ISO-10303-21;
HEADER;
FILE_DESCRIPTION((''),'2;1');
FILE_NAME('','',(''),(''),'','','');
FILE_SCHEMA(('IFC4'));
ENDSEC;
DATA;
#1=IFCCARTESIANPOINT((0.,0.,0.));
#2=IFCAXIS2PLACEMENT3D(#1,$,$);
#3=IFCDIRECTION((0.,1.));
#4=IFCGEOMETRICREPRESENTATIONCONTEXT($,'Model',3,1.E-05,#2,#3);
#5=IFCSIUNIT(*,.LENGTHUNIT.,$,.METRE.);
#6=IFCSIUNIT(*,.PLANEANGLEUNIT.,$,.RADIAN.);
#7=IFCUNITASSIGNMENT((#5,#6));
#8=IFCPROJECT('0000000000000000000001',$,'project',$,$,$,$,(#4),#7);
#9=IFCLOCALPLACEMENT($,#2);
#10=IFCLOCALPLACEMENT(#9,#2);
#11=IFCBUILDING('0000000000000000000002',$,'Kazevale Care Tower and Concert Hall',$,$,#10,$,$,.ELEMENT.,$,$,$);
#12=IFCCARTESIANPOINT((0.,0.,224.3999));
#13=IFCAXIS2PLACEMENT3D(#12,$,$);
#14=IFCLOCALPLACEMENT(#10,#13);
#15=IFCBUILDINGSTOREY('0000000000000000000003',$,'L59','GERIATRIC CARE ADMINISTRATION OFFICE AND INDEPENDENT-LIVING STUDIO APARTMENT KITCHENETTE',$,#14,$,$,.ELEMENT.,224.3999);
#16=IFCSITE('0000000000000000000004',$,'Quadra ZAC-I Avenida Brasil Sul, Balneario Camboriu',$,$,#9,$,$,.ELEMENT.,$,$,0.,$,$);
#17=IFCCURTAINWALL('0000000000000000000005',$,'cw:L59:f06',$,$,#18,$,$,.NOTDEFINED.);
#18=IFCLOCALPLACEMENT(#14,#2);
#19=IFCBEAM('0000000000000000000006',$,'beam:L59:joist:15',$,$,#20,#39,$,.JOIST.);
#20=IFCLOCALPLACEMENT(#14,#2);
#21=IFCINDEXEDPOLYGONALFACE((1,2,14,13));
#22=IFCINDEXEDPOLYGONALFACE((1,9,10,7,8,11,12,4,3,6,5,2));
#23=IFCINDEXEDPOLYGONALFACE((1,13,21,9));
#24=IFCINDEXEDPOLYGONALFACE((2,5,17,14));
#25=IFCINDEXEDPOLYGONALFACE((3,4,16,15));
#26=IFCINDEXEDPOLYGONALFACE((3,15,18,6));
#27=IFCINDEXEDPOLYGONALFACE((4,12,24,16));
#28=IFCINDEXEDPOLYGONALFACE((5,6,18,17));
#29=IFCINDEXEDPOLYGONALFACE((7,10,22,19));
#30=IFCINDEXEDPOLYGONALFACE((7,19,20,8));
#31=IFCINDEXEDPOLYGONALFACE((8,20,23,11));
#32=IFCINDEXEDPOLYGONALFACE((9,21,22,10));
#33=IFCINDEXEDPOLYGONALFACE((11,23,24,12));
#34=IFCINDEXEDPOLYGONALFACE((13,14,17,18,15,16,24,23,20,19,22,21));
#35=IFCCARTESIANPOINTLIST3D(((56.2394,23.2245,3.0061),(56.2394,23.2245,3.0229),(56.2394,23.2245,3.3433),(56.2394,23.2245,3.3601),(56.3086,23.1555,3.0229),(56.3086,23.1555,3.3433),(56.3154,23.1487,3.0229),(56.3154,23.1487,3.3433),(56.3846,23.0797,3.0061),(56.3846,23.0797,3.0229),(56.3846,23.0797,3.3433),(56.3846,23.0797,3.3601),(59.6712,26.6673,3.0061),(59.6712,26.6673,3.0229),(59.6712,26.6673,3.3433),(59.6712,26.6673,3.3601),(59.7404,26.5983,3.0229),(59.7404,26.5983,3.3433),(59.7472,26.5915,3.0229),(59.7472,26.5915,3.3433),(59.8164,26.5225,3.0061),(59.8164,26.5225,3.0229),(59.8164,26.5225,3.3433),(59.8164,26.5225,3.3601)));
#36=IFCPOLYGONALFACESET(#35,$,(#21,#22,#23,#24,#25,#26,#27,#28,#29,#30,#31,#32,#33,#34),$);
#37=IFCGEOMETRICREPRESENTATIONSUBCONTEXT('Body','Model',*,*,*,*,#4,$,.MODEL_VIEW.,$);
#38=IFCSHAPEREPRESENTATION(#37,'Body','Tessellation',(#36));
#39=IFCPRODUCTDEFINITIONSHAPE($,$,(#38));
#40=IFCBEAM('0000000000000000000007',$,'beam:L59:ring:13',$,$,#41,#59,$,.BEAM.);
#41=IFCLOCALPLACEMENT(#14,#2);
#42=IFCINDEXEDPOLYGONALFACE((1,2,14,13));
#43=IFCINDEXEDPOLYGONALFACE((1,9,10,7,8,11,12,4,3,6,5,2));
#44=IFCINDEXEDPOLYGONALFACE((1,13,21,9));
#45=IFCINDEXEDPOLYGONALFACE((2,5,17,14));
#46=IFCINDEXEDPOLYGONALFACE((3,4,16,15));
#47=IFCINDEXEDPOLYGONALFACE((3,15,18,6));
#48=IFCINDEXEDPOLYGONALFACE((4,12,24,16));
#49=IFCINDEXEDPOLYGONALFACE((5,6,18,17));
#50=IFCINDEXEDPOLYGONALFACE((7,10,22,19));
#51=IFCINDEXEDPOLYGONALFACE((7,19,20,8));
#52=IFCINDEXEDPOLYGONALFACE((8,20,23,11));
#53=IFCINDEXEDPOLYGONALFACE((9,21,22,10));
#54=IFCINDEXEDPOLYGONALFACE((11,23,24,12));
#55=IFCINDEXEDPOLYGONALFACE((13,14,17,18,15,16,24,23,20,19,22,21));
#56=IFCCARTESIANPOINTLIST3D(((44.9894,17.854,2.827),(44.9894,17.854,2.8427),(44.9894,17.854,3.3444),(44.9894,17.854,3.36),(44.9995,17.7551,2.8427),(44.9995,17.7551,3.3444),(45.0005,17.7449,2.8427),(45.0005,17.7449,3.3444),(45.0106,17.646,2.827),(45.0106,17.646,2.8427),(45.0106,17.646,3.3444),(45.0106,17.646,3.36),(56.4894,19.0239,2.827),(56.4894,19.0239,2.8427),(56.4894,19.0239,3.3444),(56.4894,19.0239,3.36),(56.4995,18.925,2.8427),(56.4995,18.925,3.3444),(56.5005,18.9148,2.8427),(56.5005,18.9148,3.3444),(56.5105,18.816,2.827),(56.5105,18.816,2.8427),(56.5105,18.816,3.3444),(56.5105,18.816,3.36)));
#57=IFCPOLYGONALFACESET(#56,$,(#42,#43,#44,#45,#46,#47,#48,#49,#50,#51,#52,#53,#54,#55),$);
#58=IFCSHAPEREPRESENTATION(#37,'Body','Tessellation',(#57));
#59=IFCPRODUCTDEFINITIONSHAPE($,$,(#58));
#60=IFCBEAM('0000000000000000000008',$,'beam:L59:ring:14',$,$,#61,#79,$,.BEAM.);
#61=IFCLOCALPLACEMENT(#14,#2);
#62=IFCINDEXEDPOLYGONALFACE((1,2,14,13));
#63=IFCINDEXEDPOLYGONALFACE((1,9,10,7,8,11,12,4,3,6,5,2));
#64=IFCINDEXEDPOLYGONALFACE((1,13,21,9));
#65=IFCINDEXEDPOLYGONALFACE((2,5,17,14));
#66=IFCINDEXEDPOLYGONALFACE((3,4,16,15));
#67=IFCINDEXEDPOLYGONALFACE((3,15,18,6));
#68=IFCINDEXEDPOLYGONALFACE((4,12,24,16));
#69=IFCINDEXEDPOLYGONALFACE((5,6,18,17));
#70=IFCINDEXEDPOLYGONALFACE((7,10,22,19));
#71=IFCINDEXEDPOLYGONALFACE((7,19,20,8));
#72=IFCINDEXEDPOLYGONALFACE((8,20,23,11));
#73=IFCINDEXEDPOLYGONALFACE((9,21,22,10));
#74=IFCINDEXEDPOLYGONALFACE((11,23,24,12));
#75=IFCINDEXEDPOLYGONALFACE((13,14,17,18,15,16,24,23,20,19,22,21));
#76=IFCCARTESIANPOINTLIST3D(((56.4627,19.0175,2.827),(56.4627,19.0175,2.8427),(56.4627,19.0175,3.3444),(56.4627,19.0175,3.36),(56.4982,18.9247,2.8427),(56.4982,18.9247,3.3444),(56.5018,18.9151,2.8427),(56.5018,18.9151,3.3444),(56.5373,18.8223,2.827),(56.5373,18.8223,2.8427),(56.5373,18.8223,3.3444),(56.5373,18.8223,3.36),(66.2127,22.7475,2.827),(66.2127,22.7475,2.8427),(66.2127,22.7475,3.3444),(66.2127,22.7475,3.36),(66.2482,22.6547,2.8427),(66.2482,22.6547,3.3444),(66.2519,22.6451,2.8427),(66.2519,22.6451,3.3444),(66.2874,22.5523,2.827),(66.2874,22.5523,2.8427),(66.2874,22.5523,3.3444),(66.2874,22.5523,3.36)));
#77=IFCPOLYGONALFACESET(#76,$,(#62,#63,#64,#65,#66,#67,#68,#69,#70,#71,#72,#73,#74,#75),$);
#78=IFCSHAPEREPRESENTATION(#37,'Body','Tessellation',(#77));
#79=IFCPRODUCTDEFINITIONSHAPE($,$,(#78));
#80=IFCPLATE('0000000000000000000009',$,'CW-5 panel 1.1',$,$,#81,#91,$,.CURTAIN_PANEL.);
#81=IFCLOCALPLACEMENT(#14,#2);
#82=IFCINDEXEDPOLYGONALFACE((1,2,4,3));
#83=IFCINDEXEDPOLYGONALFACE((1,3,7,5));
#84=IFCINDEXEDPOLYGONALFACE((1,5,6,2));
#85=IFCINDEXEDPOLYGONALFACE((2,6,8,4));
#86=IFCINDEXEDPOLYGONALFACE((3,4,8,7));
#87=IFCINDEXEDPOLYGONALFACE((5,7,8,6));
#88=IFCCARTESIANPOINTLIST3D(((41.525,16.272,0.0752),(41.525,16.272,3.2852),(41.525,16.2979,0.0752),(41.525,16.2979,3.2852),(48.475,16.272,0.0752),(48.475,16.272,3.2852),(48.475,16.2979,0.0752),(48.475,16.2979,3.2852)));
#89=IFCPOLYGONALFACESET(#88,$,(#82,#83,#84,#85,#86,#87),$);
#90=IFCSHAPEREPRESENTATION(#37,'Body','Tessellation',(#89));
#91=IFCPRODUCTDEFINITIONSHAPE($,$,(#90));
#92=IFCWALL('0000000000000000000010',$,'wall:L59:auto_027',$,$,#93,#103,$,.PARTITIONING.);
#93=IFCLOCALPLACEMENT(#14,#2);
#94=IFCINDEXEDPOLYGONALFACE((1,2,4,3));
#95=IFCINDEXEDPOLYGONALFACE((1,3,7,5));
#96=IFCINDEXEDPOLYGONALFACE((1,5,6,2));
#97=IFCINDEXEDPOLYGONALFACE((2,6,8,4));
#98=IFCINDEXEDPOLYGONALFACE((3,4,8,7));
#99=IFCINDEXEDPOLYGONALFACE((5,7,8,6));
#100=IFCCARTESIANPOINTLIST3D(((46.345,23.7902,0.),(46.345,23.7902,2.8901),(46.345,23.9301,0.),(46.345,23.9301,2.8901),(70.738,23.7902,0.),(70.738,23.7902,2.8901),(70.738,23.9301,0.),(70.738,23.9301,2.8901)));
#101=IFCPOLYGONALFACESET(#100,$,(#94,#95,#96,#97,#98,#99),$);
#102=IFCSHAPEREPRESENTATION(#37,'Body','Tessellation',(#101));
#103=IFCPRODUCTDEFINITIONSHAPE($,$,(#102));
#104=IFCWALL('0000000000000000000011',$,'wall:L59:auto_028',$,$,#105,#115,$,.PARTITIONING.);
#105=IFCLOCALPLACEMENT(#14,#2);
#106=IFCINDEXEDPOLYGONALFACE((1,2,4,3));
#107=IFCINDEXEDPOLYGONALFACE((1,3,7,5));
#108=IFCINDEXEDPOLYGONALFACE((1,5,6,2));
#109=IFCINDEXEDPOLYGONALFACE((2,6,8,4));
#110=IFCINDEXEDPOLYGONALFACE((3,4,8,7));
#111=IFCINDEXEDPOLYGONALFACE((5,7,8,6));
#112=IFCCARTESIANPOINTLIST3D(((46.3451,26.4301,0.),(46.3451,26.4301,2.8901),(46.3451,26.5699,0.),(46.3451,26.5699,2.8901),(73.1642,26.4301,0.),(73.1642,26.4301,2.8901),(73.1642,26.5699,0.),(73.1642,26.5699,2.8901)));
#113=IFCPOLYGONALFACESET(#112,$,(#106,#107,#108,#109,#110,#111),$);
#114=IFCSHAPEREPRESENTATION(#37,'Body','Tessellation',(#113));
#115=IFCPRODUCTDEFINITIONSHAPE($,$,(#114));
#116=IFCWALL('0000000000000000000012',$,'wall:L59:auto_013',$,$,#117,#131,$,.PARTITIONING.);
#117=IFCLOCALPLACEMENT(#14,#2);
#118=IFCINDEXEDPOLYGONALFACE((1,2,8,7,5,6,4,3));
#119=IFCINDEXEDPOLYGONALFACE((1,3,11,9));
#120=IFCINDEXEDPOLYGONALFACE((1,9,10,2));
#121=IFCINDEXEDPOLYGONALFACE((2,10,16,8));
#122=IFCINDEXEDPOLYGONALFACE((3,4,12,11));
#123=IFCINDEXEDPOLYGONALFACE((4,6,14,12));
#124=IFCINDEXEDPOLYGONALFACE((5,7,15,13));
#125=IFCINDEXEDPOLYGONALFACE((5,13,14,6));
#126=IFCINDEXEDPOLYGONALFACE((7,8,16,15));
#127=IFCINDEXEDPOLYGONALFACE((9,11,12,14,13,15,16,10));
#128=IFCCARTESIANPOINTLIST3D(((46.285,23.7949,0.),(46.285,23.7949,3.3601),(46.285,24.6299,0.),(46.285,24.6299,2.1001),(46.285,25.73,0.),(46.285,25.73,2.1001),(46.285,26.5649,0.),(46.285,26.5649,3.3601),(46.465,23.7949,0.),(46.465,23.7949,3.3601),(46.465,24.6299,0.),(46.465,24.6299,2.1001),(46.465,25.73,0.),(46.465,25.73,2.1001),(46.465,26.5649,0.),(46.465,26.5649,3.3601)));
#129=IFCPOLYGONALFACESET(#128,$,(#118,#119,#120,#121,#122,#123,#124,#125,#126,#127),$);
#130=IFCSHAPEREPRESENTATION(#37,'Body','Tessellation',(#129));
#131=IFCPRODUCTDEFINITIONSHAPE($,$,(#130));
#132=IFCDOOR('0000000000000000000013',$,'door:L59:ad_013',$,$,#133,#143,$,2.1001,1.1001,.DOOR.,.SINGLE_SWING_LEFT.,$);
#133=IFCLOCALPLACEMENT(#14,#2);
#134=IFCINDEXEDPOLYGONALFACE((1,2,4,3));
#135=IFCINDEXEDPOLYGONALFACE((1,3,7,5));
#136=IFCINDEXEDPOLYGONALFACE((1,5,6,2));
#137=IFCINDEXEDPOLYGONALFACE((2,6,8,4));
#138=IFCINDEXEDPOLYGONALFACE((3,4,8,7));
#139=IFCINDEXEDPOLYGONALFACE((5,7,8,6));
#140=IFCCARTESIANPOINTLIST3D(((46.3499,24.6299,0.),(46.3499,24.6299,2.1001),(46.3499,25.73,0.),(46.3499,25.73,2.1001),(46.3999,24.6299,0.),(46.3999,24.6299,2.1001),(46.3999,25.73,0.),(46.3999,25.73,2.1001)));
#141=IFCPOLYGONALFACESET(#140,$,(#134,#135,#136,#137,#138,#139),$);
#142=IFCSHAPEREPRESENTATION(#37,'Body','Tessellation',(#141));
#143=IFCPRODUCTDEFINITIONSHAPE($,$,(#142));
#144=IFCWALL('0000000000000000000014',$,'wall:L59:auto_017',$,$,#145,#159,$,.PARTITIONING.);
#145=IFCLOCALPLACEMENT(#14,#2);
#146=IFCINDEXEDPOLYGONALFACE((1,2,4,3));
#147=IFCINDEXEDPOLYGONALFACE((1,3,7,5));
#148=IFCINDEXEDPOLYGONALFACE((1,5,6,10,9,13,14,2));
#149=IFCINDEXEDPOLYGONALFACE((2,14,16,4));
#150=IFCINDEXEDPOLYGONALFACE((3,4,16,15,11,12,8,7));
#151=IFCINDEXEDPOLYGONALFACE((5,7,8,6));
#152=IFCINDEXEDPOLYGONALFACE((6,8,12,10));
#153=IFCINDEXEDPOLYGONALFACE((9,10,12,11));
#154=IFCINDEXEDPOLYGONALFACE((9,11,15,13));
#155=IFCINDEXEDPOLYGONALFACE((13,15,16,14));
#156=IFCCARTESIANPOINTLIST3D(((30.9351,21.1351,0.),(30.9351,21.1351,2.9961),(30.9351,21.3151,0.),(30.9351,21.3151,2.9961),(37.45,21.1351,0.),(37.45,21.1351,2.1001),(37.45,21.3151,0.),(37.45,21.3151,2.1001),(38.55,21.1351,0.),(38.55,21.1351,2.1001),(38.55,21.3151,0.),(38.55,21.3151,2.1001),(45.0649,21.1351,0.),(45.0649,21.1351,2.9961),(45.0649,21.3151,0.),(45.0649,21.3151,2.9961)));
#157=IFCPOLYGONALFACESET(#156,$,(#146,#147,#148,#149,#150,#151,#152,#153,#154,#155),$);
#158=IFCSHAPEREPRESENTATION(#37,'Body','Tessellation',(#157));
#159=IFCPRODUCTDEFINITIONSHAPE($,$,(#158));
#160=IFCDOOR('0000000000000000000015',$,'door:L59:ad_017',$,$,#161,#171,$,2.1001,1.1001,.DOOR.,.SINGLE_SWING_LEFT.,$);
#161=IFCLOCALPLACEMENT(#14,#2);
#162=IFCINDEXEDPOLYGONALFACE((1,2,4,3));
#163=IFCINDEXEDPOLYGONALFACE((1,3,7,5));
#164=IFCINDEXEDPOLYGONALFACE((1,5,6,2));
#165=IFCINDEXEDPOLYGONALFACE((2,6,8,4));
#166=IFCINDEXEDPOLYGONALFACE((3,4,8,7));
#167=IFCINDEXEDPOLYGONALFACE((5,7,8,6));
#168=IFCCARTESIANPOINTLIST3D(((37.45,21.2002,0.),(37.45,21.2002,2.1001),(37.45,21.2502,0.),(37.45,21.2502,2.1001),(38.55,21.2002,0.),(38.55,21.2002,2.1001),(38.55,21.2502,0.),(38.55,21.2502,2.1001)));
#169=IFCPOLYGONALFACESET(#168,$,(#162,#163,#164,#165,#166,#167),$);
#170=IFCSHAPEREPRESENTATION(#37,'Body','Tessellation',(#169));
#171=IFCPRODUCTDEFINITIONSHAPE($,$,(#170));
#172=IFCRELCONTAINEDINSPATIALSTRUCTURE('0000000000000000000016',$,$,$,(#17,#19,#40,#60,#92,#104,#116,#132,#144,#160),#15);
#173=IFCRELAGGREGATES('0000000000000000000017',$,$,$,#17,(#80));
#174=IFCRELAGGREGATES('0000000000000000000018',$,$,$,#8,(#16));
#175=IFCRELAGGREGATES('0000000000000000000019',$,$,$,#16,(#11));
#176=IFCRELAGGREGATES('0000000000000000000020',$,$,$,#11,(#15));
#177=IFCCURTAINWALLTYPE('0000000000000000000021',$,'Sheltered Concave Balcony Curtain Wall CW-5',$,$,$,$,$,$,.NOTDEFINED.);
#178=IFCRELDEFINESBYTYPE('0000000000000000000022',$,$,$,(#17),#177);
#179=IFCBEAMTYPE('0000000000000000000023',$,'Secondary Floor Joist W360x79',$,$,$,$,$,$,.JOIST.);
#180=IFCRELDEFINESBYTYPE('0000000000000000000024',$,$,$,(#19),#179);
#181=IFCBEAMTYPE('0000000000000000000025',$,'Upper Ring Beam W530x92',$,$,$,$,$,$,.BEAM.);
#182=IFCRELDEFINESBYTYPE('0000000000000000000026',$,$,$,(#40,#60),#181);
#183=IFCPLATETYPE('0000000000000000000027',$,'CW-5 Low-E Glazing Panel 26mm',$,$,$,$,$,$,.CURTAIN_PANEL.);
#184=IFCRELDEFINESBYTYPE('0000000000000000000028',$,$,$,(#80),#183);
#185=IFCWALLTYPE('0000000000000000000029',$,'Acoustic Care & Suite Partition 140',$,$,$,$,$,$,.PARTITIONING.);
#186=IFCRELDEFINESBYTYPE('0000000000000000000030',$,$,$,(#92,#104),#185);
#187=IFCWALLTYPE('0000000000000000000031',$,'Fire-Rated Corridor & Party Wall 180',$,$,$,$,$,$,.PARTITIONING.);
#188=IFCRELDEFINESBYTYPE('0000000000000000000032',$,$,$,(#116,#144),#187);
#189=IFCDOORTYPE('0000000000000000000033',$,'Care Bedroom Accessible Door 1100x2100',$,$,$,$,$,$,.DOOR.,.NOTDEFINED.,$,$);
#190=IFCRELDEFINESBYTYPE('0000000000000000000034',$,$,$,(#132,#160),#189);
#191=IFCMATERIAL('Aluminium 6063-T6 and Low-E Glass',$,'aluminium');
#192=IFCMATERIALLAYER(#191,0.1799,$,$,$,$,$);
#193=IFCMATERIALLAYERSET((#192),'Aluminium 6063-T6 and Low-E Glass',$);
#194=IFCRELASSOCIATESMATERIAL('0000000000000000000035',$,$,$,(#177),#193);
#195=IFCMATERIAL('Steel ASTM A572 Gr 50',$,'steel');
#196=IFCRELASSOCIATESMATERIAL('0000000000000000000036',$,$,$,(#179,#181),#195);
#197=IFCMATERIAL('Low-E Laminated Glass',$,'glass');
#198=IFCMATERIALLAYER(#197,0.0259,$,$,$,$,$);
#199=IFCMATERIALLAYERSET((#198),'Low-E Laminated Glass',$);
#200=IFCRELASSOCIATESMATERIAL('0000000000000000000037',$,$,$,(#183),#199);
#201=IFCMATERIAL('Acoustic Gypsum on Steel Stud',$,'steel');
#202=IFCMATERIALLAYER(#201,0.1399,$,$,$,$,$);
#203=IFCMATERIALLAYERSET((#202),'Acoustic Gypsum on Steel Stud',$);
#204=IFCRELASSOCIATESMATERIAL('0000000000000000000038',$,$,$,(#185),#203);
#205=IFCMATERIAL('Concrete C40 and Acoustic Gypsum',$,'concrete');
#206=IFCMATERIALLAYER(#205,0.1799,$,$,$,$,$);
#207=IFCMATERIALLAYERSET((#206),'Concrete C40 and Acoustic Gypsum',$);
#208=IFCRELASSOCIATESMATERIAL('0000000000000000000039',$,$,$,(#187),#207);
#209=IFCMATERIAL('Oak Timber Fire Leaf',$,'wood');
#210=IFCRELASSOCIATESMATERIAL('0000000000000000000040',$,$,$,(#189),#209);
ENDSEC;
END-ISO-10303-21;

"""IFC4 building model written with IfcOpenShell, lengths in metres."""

from ifc_helpers import new_model, si_unit, direction, frame, frame_2d, origin, origin_2d, place, context, subcontext, project, spatial, rectangle, i_section, extrude, material, layer, layer_set, material_profile, profile_set, type_object, element, fill, aggregate, save


model = new_model("IFC4")

# Units and contexts
model_context = context("Model", 3, precision=1e-05, world=origin(), true_north=direction((0.0, 1.0)))
body_context = subcontext(model_context, "Body", "Model", "MODEL_VIEW")
ifc_project = project(units=[si_unit("LENGTHUNIT", "METRE"), si_unit("PLANEANGLEUNIT", "RADIAN")], contexts=[model_context])

# Site, building, storey
site_placement = place(None, origin())
site = spatial("IfcSite", under=ifc_project, at=site_placement, Name="Quadra ZAC-I Avenida Brasil Sul, Balneario Camboriu", CompositionType="ELEMENT", RefElevation=0.0)
building_placement = place(site_placement, origin())
building = spatial("IfcBuilding", under=site, at=building_placement, Name="Kazevale Care Tower and Concert Hall", CompositionType="ELEMENT")
storey_placement = place(building_placement, frame((0.0, 0.0, 224.3999)))
storey = spatial("IfcBuildingStorey", under=building, at=storey_placement, Name="L59", Description="GERIATRIC CARE ADMINISTRATION OFFICE AND INDEPENDENT-LIVING STUDIO APARTMENT KITCHENETTE", CompositionType="ELEMENT", Elevation=224.3999)

# Shared definitions
ifc_material_1 = material(Name="Aluminium 6063-T6 and Low-E Glass", Category="aluminium")
ifc_layer_1 = layer(ifc_material_1, 0.1799)
ifc_layer_set_1 = layer_set([ifc_layer_1], Name="Aluminium 6063-T6 and Low-E Glass")
curtain_wall_type = type_object("IfcCurtainWallType", Name="Sheltered Concave Balcony Curtain Wall CW-5", PredefinedType="NOTDEFINED", material=ifc_layer_set_1)

# Curtain wall
curtain_wall_1_placement = place(storey_placement, origin())
curtain_wall_1 = element("IfcCurtainWall", 1, at=curtain_wall_1_placement, inside=storey, type_object=curtain_wall_type, Name="cw:L59:f06", PredefinedType="NOTDEFINED")

# Beams
ifc_material_2 = material(Name="Steel ASTM A572 Gr 50", Category="steel")
ifc_material_profile_1 = material_profile(ifc_material_2, i_section(OverallWidth=0.2051, OverallDepth=0.354, WebThickness=0.0095, FlangeThickness=0.0168, at=origin_2d()), Name="W360x79")
ifc_profile_set_1 = profile_set([ifc_material_profile_1], Name="Steel ASTM A572 Gr 50")
beam_type_1 = type_object("IfcBeamType", Name="Secondary Floor Joist W360x79", PredefinedType="JOIST", material=ifc_profile_set_1)
beam_1_placement = place(storey_placement, frame((56.312, 23.1521, 3.1831), z_axis=(0.705976, 0.708236, 0.0), x_axis=(-0.708236, 0.705976, 0.0)))
element("IfcBeam", 2, at=beam_1_placement, inside=storey, type_object=beam_type_1, Name="beam:L59:joist:15", PredefinedType="JOIST", context=body_context, shape_type="SweptSolid", body=[
    extrude(i_section(OverallWidth=0.2051, OverallDepth=0.354, WebThickness=0.0095, FlangeThickness=0.0168, at=origin_2d()), origin(), (0.0, 0.0, 1.0), 4.8611),
])
ifc_material_profile_2 = material_profile(ifc_material_2, i_section(OverallWidth=0.209, OverallDepth=0.533, WebThickness=0.0103, FlangeThickness=0.0156, at=origin_2d()), Name="W530x92")
ifc_profile_set_2 = profile_set([ifc_material_profile_2], Name="Steel ASTM A572 Gr 50")
beam_type_2 = type_object("IfcBeamType", Name="Upper Ring Beam W530x92", PredefinedType="BEAM", material=ifc_profile_set_2)
beam_2_placement = place(storey_placement, frame((45.0, 17.75, 3.0935), z_axis=(0.994865, 0.10121, 0.0), x_axis=(-0.10121, 0.994865, 0.0)))
element("IfcBeam", 3, at=beam_2_placement, inside=storey, type_object=beam_type_2, Name="beam:L59:ring:13", PredefinedType="BEAM", context=body_context, shape_type="SweptSolid", body=[
    extrude(i_section(OverallWidth=0.209, OverallDepth=0.533, WebThickness=0.0103, FlangeThickness=0.0156, at=origin_2d()), origin(), (0.0, 0.0, 1.0), 11.5593),
])
beam_3_placement = place(storey_placement, frame((56.5, 18.9199, 3.0935), z_axis=(0.933987, 0.357308, 0.0), x_axis=(-0.357308, 0.933987, 0.0)))
element("IfcBeam", 4, at=beam_3_placement, inside=storey, type_object=beam_type_2, Name="beam:L59:ring:14", PredefinedType="BEAM", context=body_context, shape_type="SweptSolid", body=[
    extrude(i_section(OverallWidth=0.209, OverallDepth=0.533, WebThickness=0.0103, FlangeThickness=0.0156, at=origin_2d()), origin(), (0.0, 0.0, 1.0), 10.4392),
])

# Plate
ifc_material_3 = material(Name="Low-E Laminated Glass", Category="glass")
ifc_layer_2 = layer(ifc_material_3, 0.0259)
ifc_layer_set_2 = layer_set([ifc_layer_2], Name="Low-E Laminated Glass")
plate_type = type_object("IfcPlateType", Name="CW-5 Low-E Glazing Panel 26mm", PredefinedType="CURTAIN_PANEL", material=ifc_layer_set_2)
plate_placement = place(storey_placement, frame((45.0, 16.2849, 0.0752), z_axis=(0.0, 0.0, 1.0), x_axis=(-1.0, 0.0, 0.0)))
plate = element("IfcPlate", 5, at=plate_placement, type_object=plate_type, Name="CW-5 panel 1.1", PredefinedType="CURTAIN_PANEL", context=body_context, shape_type="SweptSolid", body=[
    extrude(rectangle(XDim=6.95, YDim=0.0259, at=origin_2d()), origin(), (0.0, 0.0, 1.0), 3.21),
])
aggregate(curtain_wall_1, [plate])

# Walls
ifc_material_4 = material(Name="Acoustic Gypsum on Steel Stud", Category="steel")
ifc_layer_3 = layer(ifc_material_4, 0.1399)
ifc_layer_set_3 = layer_set([ifc_layer_3], Name="Acoustic Gypsum on Steel Stud")
wall_type_1 = type_object("IfcWallType", Name="Acoustic Care & Suite Partition 140", PredefinedType="PARTITIONING", material=ifc_layer_set_3)
wall_1_placement = place(storey_placement, frame((46.345, 23.8601, 0.0), z_axis=(0.0, 0.0, 1.0), x_axis=(1.0, 0.0, 0.0)))
element("IfcWall", 6, at=wall_1_placement, inside=storey, type_object=wall_type_1, Name="wall:L59:auto_027", PredefinedType="PARTITIONING", context=body_context, shape_type="SweptSolid", body=[
    extrude(rectangle(XDim=24.3931, YDim=0.1399, at=frame_2d((12.1965, 0.0))), origin(), (0.0, 0.0, 1.0), 2.8901),
])
wall_2_placement = place(storey_placement, frame((46.345, 26.5, 0.0), z_axis=(0.0, 0.0, 1.0), x_axis=(1.0, 0.0, 0.0)))
element("IfcWall", 7, at=wall_2_placement, inside=storey, type_object=wall_type_1, Name="wall:L59:auto_028", PredefinedType="PARTITIONING", context=body_context, shape_type="SweptSolid", body=[
    extrude(rectangle(XDim=26.8191, YDim=0.1399, at=frame_2d((13.4097, 0.0))), origin(), (0.0, 0.0, 1.0), 2.8901),
])

# Walls, openings, doors
ifc_material_5 = material(Name="Concrete C40 and Acoustic Gypsum", Category="concrete")
ifc_layer_4 = layer(ifc_material_5, 0.1799)
ifc_layer_set_4 = layer_set([ifc_layer_4], Name="Concrete C40 and Acoustic Gypsum")
wall_type_2 = type_object("IfcWallType", Name="Fire-Rated Corridor & Party Wall 180", PredefinedType="PARTITIONING", material=ifc_layer_set_4)
ifc_material_6 = material(Name="Oak Timber Fire Leaf", Category="wood")
wall_3_placement = place(storey_placement, frame((46.375, 26.5649, 0.0), z_axis=(0.0, 0.0, 1.0), x_axis=(0.0, -1.0, 0.0)))
wall_3 = element("IfcWall", 8, at=wall_3_placement, inside=storey, type_object=wall_type_2, Name="wall:L59:auto_013", PredefinedType="PARTITIONING", context=body_context, shape_type="SweptSolid", body=[
    extrude(rectangle(XDim=2.77, YDim=0.1799, at=frame_2d((1.385, 0.0))), origin(), (0.0, 0.0, 1.0), 3.3601),
])
opening_1_placement = place(wall_3_placement, frame((0.835, 0.0, 0.0)))
opening_1 = element("IfcOpeningElement", 9, at=opening_1_placement, cuts=wall_3, PredefinedType="OPENING", context=body_context, shape_type="SweptSolid", body=[
    extrude(rectangle(XDim=1.1001, YDim=2.1001, at=frame_2d((0.55, 1.05))), frame((0.0, 0.0999, 0.0), z_axis=(0.0, -1.0, 0.0), x_axis=(1.0, 0.0, 0.0)), (0.0, 0.0, 1.0), 0.2),
])
door_type_1 = type_object("IfcDoorType", Name="Care Bedroom Accessible Door 1100x2100", OperationType="NOTDEFINED", PredefinedType="DOOR", material=ifc_material_6)
door_1_placement = place(opening_1_placement, origin())
door_1 = element("IfcDoor", 10, at=door_1_placement, inside=storey, type_object=door_type_1, Name="door:L59:ad_013", OperationType="SINGLE_SWING_LEFT", OverallHeight=2.1001, OverallWidth=1.1001, PredefinedType="DOOR", context=body_context, shape_type="SweptSolid", body=[
    extrude(rectangle(XDim=1.1001, YDim=2.1001, at=frame_2d((0.55, 1.05))), frame((0.0, 0.0249, 0.0), z_axis=(0.0, -1.0, 0.0), x_axis=(1.0, 0.0, 0.0)), (0.0, 0.0, 1.0), 0.05),
])
fill(opening_1, door_1)
wall_4_placement = place(storey_placement, frame((45.0649, 21.2251, 0.0), z_axis=(0.0, 0.0, 1.0), x_axis=(-1.0, 0.0, 0.0)))
wall_4 = element("IfcWall", 11, at=wall_4_placement, inside=storey, type_object=wall_type_2, Name="wall:L59:auto_017", PredefinedType="PARTITIONING", context=body_context, shape_type="SweptSolid", body=[
    extrude(rectangle(XDim=14.1299, YDim=0.1799, at=frame_2d((7.0649, 0.0))), origin(), (0.0, 0.0, 1.0), 2.9961),
])
opening_2_placement = place(wall_4_placement, frame((6.5149, 0.0, 0.0)))
opening_2 = element("IfcOpeningElement", 12, at=opening_2_placement, cuts=wall_4, PredefinedType="OPENING", context=body_context, shape_type="SweptSolid", body=[
    extrude(rectangle(XDim=1.1001, YDim=2.1001, at=frame_2d((0.55, 1.05))), frame((0.0, 0.0999, 0.0), z_axis=(0.0, -1.0, 0.0), x_axis=(1.0, 0.0, 0.0)), (0.0, 0.0, 1.0), 0.2),
])
door_2_placement = place(opening_2_placement, origin())
door_2 = element("IfcDoor", 13, at=door_2_placement, inside=storey, type_object=door_type_1, Name="door:L59:ad_017", OperationType="SINGLE_SWING_LEFT", OverallHeight=2.1001, OverallWidth=1.1001, PredefinedType="DOOR", context=body_context, shape_type="SweptSolid", body=[
    extrude(rectangle(XDim=1.1001, YDim=2.1001, at=frame_2d((0.55, 1.05))), frame((0.0, 0.0249, 0.0), z_axis=(0.0, -1.0, 0.0), x_axis=(1.0, 0.0, 0.0)), (0.0, 0.0, 1.0), 0.05),
])
fill(opening_2, door_2)

save(model, "model.ifc")
